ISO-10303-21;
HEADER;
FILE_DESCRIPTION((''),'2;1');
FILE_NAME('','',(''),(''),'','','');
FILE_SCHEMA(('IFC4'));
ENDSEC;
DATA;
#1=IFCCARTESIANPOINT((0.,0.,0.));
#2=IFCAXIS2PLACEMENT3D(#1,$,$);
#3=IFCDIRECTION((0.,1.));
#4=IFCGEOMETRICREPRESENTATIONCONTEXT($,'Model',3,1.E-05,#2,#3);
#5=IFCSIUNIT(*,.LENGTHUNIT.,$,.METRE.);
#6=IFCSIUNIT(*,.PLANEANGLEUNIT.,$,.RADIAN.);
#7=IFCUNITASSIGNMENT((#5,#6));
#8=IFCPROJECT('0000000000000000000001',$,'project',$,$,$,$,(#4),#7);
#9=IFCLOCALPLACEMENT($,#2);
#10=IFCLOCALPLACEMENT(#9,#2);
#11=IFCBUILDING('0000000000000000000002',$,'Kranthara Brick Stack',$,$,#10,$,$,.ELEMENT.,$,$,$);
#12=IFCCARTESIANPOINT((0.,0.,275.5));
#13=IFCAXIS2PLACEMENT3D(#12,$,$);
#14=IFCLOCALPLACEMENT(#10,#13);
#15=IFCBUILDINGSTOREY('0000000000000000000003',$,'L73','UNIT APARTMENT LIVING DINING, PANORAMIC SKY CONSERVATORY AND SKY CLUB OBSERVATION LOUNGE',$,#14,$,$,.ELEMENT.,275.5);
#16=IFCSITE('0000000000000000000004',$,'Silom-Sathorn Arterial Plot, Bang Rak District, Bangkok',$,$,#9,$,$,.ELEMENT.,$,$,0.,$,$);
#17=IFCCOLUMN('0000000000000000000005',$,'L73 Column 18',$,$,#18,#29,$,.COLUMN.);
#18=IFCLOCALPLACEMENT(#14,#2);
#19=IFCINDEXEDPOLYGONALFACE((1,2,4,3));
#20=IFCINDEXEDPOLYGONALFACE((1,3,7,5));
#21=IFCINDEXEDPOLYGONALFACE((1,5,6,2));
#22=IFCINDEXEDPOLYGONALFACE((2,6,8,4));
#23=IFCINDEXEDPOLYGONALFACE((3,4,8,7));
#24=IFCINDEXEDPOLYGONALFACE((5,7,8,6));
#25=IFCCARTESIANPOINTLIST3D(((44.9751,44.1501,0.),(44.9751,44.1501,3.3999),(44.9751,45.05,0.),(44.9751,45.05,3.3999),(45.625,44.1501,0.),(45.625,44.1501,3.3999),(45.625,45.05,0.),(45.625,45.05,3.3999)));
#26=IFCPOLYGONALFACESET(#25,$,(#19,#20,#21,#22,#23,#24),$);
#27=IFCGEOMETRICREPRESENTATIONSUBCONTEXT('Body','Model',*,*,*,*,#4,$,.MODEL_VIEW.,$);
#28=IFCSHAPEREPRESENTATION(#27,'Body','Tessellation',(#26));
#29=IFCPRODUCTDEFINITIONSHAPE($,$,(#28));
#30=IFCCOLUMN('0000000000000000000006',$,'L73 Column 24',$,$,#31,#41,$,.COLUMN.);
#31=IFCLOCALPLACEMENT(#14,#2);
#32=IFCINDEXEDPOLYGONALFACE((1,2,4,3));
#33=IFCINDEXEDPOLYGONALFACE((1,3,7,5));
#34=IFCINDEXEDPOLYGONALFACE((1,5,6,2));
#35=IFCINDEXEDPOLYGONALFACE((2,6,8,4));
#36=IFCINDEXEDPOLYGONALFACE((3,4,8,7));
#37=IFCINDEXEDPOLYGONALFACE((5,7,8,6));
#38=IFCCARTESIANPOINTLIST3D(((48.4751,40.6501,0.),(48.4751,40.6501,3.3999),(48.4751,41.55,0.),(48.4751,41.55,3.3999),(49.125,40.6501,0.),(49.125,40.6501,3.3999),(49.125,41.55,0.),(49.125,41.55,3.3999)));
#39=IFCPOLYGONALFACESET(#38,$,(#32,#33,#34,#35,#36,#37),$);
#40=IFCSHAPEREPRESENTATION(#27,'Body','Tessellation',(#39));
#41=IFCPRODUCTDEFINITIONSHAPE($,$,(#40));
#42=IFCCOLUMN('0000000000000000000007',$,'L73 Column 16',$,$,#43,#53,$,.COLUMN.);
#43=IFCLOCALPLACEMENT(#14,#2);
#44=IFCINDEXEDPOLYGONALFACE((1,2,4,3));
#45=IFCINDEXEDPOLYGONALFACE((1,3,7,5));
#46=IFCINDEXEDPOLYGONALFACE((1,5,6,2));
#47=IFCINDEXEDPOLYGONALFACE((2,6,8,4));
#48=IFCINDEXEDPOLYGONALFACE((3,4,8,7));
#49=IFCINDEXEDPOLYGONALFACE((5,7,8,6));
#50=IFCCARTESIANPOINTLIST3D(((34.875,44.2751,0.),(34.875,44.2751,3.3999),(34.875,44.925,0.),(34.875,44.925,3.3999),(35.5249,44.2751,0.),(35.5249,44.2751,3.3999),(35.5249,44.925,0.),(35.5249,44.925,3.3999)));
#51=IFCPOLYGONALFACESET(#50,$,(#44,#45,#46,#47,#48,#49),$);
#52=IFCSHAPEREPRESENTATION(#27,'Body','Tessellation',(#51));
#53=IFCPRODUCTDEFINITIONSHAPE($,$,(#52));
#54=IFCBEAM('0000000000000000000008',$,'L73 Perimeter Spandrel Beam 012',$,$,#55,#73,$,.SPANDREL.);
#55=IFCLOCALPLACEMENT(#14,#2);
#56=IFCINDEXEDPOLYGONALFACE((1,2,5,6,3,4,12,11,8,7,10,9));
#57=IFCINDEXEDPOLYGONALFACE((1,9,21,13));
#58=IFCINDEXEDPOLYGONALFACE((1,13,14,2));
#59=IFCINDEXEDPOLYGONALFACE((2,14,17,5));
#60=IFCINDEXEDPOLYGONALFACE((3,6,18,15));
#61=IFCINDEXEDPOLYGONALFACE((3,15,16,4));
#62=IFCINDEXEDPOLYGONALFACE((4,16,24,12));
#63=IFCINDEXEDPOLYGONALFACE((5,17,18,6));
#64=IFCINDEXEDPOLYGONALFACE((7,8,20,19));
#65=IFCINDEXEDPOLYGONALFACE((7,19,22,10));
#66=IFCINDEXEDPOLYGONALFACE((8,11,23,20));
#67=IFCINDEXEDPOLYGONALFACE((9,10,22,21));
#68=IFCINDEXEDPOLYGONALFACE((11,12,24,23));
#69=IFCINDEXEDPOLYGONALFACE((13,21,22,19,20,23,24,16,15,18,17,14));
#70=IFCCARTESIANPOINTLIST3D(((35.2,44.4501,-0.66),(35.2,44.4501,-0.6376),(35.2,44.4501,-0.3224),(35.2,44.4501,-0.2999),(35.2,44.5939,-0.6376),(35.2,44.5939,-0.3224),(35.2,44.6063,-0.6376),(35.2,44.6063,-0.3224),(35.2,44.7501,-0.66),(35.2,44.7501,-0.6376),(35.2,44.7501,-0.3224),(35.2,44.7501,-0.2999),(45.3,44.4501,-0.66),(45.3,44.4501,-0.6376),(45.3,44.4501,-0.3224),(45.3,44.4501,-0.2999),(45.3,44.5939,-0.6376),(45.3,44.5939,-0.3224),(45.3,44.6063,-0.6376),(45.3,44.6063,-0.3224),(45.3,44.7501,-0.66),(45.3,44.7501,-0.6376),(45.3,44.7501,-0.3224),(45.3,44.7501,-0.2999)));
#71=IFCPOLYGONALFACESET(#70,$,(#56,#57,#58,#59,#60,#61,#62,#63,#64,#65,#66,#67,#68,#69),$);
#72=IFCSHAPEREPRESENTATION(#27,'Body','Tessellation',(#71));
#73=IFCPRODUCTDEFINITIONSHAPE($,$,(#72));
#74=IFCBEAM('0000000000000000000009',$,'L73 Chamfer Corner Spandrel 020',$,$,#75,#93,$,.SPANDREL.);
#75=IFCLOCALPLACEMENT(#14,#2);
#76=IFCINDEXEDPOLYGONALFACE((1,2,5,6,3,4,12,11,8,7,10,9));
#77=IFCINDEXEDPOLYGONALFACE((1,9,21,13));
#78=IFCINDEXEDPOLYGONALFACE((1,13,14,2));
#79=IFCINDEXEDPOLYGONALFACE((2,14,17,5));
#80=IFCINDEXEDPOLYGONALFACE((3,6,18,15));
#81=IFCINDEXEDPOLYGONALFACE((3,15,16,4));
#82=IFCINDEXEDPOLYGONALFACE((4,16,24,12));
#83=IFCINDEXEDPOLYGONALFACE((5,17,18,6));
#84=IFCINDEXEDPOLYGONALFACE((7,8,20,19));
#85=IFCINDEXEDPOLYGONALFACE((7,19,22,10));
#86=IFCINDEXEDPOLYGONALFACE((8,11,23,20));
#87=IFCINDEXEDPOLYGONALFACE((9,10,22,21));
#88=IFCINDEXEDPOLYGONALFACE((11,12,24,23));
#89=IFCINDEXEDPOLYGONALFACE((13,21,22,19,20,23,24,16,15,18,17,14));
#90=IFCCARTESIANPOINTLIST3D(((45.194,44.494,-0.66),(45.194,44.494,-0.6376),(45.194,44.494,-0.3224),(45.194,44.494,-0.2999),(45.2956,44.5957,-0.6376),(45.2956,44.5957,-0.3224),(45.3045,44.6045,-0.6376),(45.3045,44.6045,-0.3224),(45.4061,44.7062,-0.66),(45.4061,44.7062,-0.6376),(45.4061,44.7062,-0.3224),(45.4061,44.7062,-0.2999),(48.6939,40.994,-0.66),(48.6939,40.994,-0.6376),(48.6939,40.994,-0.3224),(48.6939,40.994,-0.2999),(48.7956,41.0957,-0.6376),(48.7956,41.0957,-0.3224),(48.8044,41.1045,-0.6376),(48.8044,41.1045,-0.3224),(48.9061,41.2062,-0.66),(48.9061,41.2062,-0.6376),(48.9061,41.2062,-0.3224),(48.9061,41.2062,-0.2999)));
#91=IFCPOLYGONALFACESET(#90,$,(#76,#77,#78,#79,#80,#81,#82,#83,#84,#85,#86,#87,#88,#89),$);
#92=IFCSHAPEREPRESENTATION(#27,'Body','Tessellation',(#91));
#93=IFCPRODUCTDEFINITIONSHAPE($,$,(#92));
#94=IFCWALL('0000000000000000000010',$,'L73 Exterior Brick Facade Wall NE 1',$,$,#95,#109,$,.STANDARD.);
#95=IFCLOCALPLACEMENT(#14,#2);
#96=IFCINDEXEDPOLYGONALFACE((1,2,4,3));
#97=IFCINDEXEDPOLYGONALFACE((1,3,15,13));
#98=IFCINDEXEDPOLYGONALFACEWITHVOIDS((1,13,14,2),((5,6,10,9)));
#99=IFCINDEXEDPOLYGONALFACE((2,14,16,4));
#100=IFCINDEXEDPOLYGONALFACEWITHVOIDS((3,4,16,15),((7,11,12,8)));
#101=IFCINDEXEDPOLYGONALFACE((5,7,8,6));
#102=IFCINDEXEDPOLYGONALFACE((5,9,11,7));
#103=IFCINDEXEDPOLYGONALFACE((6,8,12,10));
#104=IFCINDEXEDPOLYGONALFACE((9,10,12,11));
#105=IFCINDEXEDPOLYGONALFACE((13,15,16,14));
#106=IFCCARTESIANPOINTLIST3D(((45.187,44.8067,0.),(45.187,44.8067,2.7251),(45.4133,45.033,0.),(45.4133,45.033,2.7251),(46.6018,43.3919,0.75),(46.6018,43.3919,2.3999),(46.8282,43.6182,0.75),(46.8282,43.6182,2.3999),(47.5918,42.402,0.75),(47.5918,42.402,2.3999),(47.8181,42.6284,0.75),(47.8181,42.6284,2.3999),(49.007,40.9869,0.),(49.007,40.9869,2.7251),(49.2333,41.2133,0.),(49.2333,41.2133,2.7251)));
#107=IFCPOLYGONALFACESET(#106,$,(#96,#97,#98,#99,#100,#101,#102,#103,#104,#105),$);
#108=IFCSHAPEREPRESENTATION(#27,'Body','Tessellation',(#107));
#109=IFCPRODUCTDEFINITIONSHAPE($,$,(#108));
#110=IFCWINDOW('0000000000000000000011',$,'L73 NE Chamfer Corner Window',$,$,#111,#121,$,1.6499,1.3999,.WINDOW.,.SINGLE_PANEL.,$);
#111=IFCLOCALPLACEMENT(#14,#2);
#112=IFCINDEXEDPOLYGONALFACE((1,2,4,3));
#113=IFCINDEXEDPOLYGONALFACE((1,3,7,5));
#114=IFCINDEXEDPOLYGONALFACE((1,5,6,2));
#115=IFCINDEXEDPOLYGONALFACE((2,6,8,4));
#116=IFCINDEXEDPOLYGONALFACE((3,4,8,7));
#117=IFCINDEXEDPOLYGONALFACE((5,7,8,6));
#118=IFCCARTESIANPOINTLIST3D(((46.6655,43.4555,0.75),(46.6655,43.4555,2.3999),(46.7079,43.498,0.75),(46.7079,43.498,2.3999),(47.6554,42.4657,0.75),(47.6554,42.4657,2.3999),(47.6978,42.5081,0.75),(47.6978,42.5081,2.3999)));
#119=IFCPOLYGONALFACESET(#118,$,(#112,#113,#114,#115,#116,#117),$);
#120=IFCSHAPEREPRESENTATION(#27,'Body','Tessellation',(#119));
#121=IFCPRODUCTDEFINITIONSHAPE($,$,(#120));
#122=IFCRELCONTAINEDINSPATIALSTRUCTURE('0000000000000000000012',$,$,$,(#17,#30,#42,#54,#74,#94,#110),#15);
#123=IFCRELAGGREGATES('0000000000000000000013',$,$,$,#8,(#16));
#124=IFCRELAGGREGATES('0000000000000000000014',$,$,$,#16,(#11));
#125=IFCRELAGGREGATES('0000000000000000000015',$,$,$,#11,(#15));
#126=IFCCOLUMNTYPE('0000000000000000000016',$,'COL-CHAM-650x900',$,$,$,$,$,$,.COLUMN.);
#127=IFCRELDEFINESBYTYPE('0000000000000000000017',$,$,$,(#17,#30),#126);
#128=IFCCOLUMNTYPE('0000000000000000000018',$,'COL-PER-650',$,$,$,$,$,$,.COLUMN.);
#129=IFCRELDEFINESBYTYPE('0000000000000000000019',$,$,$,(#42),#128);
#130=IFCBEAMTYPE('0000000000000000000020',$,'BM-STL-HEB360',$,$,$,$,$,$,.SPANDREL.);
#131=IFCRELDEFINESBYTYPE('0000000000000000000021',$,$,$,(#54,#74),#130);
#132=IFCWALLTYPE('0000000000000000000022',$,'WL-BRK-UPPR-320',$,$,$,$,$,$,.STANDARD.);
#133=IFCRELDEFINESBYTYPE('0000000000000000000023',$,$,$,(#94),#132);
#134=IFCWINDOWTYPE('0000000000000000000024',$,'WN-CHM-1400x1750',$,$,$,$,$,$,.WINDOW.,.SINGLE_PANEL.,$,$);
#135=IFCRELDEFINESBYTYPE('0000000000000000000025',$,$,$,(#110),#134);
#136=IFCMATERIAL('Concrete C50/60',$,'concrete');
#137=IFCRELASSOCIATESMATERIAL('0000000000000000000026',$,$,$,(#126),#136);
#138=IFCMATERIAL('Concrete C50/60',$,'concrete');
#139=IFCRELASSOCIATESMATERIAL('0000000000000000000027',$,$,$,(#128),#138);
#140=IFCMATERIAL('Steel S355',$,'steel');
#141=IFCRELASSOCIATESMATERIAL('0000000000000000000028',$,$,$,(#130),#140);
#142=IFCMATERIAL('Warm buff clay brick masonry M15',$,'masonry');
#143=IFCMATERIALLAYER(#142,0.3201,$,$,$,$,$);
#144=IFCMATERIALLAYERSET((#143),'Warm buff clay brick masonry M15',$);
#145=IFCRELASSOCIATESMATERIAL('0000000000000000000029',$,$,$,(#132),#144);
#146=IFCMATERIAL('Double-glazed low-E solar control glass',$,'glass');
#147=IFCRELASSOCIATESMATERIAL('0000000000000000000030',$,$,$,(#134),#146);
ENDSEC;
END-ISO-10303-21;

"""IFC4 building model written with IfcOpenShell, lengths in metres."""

from ifc_helpers import new_model, si_unit, direction, frame, frame_2d, origin, origin_2d, place, context, subcontext, project, spatial, rectangle, i_section, extrude, material, layer, layer_set, material_profile, profile_set, type_object, element, fill, save


model = new_model("IFC4")

# Units and contexts
model_context = context("Model", 3, precision=1e-05, world=origin(), true_north=direction((0.0, 1.0)))
body_context = subcontext(model_context, "Body", "Model", "MODEL_VIEW")
ifc_project = project(units=[si_unit("LENGTHUNIT", "METRE"), si_unit("PLANEANGLEUNIT", "RADIAN")], contexts=[model_context])

# Site, building, storey
site_placement = place(None, origin())
site = spatial("IfcSite", under=ifc_project, at=site_placement, Name="Silom-Sathorn Arterial Plot, Bang Rak District, Bangkok", CompositionType="ELEMENT", RefElevation=0.0)
building_placement = place(site_placement, origin())
building = spatial("IfcBuilding", under=site, at=building_placement, Name="Kranthara Brick Stack", CompositionType="ELEMENT")
storey_placement = place(building_placement, frame((0.0, 0.0, 275.5)))
storey = spatial("IfcBuildingStorey", under=building, at=storey_placement, Name="L73", Description="UNIT APARTMENT LIVING DINING, PANORAMIC SKY CONSERVATORY AND SKY CLUB OBSERVATION LOUNGE", CompositionType="ELEMENT", Elevation=275.5)

# Columns
ifc_material_1 = material(Name="Concrete C50/60", Category="concrete")
ifc_material_profile_1 = material_profile(ifc_material_1, rectangle(XDim=0.6499, YDim=0.8999, at=origin_2d()), Name="RC 650x900")
ifc_profile_set_1 = profile_set([ifc_material_profile_1], Name="Concrete C50/60")
column_type_1 = type_object("IfcColumnType", Name="COL-CHAM-650x900", PredefinedType="COLUMN", material=ifc_profile_set_1)
for number, where, z_axis, x_axis, name in (
    (1, (45.3, 44.6001, 0.0), (0.0, 0.0, 1.0), (1.0, 0.0, 0.0), "L73 Column 18"),
    (2, (48.8, 41.1001, 0.0), (0.0, 0.0, 1.0), (1.0, 0.0, 0.0), "L73 Column 24"),
):
    element("IfcColumn", number, at=place(storey_placement, frame(where, z_axis=z_axis, x_axis=x_axis)), inside=storey, type_object=column_type_1, Name=name, PredefinedType="COLUMN", context=body_context, shape_type="SweptSolid", body=[
        extrude(rectangle(XDim=0.6499, YDim=0.8999, at=origin_2d()), origin(), (0.0, 0.0, 1.0), 3.3999),
    ])
ifc_material_2 = material(Name="Concrete C50/60", Category="concrete")
ifc_material_profile_2 = material_profile(ifc_material_2, rectangle(XDim=0.6499, YDim=0.6499, at=origin_2d()), Name="RC 650x650")
ifc_profile_set_2 = profile_set([ifc_material_profile_2], Name="Concrete C50/60")
column_type_2 = type_object("IfcColumnType", Name="COL-PER-650", PredefinedType="COLUMN", material=ifc_profile_set_2)
column_placement = place(storey_placement, frame((35.2, 44.6001, 0.0), z_axis=(0.0, 0.0, 1.0), x_axis=(1.0, 0.0, 0.0)))
element("IfcColumn", 3, at=column_placement, inside=storey, type_object=column_type_2, Name="L73 Column 16", PredefinedType="COLUMN", context=body_context, shape_type="SweptSolid", body=[
    extrude(rectangle(XDim=0.6499, YDim=0.6499, at=origin_2d()), origin(), (0.0, 0.0, 1.0), 3.3999),
])

# Beams
ifc_material_3 = material(Name="Steel S355", Category="steel")
ifc_material_profile_3 = material_profile(ifc_material_3, i_section(OverallWidth=0.3, OverallDepth=0.3601, WebThickness=0.0125, FlangeThickness=0.0225, at=origin_2d()), Name="HEB 360")
ifc_profile_set_3 = profile_set([ifc_material_profile_3], Name="Steel S355")
beam_type = type_object("IfcBeamType", Name="BM-STL-HEB360", PredefinedType="SPANDREL", material=ifc_profile_set_3)
beam_1_placement = place(storey_placement, frame((35.2, 44.6001, -0.48), z_axis=(1.0, 0.0, 0.0), x_axis=(0.0, 1.0, 0.0)))
element("IfcBeam", 4, at=beam_1_placement, inside=storey, type_object=beam_type, Name="L73 Perimeter Spandrel Beam 012", PredefinedType="SPANDREL", context=body_context, shape_type="SweptSolid", body=[
    extrude(i_section(OverallWidth=0.3, OverallDepth=0.3601, WebThickness=0.0125, FlangeThickness=0.0225, at=origin_2d()), origin(), (0.0, 0.0, 1.0), 10.1001),
])
beam_2_placement = place(storey_placement, frame((45.3, 44.6001, -0.48), z_axis=(0.707107, -0.707107, 0.0), x_axis=(0.707107, 0.707107, 0.0)))
element("IfcBeam", 5, at=beam_2_placement, inside=storey, type_object=beam_type, Name="L73 Chamfer Corner Spandrel 020", PredefinedType="SPANDREL", context=body_context, shape_type="SweptSolid", body=[
    extrude(i_section(OverallWidth=0.3, OverallDepth=0.3601, WebThickness=0.0125, FlangeThickness=0.0225, at=origin_2d()), origin(), (0.0, 0.0, 1.0), 4.9497),
])

# Wall, opening, window
ifc_material_4 = material(Name="Warm buff clay brick masonry M15", Category="masonry")
ifc_layer_1 = layer(ifc_material_4, 0.3201)
ifc_layer_set_1 = layer_set([ifc_layer_1], Name="Warm buff clay brick masonry M15")
wall_type_1 = type_object("IfcWallType", Name="WL-BRK-UPPR-320", PredefinedType="STANDARD", material=ifc_layer_set_1)
wall_1_placement = place(storey_placement, frame((45.3, 44.9199, 0.0), z_axis=(0.0, 0.0, 1.0), x_axis=(0.707129, -0.707084, 0.0)))
wall_1 = element("IfcWall", 6, at=wall_1_placement, inside=storey, type_object=wall_type_1, Name="L73 Exterior Brick Facade Wall NE 1", PredefinedType="STANDARD", context=body_context, shape_type="SweptSolid", body=[
    extrude(rectangle(XDim=5.4021, YDim=0.3201, at=frame_2d((2.7012, 0.0))), origin(), (0.0, 0.0, 1.0), 2.7251),
])
opening_1_placement = place(wall_1_placement, frame((2.001, 0.0, 0.75)))
opening_1 = element("IfcOpeningElement", 7, at=opening_1_placement, cuts=wall_1, PredefinedType="OPENING", context=body_context, shape_type="SweptSolid", body=[
    extrude(rectangle(XDim=1.3999, YDim=1.6499, at=frame_2d((0.7, 0.825))), frame((0.0, 0.1699, 0.0), z_axis=(0.0, -1.0, 0.0), x_axis=(1.0, 0.0, 0.0)), (0.0, 0.0, 1.0), 0.3401),
])
ifc_material_5 = material(Name="Double-glazed low-E solar control glass", Category="glass")
window_type_1 = type_object("IfcWindowType", Name="WN-CHM-1400x1750", PartitioningType="SINGLE_PANEL", PredefinedType="WINDOW", material=ifc_material_5)
window_1_placement = place(opening_1_placement, origin())
window_1 = element("IfcWindow", 8, at=window_1_placement, inside=storey, type_object=window_type_1, Name="L73 NE Chamfer Corner Window", OverallHeight=1.6499, OverallWidth=1.3999, PartitioningType="SINGLE_PANEL", PredefinedType="WINDOW", context=body_context, shape_type="SweptSolid", body=[
    extrude(rectangle(XDim=1.3999, YDim=1.6499, at=frame_2d((0.7, 0.825))), frame((0.0, -0.01, 0.0), z_axis=(0.0, -1.0, 0.0), x_axis=(1.0, 0.0, 0.0)), (0.0, 0.0, 1.0), 0.0601),
])
fill(opening_1, window_1)

save(model, "model.ifc")
